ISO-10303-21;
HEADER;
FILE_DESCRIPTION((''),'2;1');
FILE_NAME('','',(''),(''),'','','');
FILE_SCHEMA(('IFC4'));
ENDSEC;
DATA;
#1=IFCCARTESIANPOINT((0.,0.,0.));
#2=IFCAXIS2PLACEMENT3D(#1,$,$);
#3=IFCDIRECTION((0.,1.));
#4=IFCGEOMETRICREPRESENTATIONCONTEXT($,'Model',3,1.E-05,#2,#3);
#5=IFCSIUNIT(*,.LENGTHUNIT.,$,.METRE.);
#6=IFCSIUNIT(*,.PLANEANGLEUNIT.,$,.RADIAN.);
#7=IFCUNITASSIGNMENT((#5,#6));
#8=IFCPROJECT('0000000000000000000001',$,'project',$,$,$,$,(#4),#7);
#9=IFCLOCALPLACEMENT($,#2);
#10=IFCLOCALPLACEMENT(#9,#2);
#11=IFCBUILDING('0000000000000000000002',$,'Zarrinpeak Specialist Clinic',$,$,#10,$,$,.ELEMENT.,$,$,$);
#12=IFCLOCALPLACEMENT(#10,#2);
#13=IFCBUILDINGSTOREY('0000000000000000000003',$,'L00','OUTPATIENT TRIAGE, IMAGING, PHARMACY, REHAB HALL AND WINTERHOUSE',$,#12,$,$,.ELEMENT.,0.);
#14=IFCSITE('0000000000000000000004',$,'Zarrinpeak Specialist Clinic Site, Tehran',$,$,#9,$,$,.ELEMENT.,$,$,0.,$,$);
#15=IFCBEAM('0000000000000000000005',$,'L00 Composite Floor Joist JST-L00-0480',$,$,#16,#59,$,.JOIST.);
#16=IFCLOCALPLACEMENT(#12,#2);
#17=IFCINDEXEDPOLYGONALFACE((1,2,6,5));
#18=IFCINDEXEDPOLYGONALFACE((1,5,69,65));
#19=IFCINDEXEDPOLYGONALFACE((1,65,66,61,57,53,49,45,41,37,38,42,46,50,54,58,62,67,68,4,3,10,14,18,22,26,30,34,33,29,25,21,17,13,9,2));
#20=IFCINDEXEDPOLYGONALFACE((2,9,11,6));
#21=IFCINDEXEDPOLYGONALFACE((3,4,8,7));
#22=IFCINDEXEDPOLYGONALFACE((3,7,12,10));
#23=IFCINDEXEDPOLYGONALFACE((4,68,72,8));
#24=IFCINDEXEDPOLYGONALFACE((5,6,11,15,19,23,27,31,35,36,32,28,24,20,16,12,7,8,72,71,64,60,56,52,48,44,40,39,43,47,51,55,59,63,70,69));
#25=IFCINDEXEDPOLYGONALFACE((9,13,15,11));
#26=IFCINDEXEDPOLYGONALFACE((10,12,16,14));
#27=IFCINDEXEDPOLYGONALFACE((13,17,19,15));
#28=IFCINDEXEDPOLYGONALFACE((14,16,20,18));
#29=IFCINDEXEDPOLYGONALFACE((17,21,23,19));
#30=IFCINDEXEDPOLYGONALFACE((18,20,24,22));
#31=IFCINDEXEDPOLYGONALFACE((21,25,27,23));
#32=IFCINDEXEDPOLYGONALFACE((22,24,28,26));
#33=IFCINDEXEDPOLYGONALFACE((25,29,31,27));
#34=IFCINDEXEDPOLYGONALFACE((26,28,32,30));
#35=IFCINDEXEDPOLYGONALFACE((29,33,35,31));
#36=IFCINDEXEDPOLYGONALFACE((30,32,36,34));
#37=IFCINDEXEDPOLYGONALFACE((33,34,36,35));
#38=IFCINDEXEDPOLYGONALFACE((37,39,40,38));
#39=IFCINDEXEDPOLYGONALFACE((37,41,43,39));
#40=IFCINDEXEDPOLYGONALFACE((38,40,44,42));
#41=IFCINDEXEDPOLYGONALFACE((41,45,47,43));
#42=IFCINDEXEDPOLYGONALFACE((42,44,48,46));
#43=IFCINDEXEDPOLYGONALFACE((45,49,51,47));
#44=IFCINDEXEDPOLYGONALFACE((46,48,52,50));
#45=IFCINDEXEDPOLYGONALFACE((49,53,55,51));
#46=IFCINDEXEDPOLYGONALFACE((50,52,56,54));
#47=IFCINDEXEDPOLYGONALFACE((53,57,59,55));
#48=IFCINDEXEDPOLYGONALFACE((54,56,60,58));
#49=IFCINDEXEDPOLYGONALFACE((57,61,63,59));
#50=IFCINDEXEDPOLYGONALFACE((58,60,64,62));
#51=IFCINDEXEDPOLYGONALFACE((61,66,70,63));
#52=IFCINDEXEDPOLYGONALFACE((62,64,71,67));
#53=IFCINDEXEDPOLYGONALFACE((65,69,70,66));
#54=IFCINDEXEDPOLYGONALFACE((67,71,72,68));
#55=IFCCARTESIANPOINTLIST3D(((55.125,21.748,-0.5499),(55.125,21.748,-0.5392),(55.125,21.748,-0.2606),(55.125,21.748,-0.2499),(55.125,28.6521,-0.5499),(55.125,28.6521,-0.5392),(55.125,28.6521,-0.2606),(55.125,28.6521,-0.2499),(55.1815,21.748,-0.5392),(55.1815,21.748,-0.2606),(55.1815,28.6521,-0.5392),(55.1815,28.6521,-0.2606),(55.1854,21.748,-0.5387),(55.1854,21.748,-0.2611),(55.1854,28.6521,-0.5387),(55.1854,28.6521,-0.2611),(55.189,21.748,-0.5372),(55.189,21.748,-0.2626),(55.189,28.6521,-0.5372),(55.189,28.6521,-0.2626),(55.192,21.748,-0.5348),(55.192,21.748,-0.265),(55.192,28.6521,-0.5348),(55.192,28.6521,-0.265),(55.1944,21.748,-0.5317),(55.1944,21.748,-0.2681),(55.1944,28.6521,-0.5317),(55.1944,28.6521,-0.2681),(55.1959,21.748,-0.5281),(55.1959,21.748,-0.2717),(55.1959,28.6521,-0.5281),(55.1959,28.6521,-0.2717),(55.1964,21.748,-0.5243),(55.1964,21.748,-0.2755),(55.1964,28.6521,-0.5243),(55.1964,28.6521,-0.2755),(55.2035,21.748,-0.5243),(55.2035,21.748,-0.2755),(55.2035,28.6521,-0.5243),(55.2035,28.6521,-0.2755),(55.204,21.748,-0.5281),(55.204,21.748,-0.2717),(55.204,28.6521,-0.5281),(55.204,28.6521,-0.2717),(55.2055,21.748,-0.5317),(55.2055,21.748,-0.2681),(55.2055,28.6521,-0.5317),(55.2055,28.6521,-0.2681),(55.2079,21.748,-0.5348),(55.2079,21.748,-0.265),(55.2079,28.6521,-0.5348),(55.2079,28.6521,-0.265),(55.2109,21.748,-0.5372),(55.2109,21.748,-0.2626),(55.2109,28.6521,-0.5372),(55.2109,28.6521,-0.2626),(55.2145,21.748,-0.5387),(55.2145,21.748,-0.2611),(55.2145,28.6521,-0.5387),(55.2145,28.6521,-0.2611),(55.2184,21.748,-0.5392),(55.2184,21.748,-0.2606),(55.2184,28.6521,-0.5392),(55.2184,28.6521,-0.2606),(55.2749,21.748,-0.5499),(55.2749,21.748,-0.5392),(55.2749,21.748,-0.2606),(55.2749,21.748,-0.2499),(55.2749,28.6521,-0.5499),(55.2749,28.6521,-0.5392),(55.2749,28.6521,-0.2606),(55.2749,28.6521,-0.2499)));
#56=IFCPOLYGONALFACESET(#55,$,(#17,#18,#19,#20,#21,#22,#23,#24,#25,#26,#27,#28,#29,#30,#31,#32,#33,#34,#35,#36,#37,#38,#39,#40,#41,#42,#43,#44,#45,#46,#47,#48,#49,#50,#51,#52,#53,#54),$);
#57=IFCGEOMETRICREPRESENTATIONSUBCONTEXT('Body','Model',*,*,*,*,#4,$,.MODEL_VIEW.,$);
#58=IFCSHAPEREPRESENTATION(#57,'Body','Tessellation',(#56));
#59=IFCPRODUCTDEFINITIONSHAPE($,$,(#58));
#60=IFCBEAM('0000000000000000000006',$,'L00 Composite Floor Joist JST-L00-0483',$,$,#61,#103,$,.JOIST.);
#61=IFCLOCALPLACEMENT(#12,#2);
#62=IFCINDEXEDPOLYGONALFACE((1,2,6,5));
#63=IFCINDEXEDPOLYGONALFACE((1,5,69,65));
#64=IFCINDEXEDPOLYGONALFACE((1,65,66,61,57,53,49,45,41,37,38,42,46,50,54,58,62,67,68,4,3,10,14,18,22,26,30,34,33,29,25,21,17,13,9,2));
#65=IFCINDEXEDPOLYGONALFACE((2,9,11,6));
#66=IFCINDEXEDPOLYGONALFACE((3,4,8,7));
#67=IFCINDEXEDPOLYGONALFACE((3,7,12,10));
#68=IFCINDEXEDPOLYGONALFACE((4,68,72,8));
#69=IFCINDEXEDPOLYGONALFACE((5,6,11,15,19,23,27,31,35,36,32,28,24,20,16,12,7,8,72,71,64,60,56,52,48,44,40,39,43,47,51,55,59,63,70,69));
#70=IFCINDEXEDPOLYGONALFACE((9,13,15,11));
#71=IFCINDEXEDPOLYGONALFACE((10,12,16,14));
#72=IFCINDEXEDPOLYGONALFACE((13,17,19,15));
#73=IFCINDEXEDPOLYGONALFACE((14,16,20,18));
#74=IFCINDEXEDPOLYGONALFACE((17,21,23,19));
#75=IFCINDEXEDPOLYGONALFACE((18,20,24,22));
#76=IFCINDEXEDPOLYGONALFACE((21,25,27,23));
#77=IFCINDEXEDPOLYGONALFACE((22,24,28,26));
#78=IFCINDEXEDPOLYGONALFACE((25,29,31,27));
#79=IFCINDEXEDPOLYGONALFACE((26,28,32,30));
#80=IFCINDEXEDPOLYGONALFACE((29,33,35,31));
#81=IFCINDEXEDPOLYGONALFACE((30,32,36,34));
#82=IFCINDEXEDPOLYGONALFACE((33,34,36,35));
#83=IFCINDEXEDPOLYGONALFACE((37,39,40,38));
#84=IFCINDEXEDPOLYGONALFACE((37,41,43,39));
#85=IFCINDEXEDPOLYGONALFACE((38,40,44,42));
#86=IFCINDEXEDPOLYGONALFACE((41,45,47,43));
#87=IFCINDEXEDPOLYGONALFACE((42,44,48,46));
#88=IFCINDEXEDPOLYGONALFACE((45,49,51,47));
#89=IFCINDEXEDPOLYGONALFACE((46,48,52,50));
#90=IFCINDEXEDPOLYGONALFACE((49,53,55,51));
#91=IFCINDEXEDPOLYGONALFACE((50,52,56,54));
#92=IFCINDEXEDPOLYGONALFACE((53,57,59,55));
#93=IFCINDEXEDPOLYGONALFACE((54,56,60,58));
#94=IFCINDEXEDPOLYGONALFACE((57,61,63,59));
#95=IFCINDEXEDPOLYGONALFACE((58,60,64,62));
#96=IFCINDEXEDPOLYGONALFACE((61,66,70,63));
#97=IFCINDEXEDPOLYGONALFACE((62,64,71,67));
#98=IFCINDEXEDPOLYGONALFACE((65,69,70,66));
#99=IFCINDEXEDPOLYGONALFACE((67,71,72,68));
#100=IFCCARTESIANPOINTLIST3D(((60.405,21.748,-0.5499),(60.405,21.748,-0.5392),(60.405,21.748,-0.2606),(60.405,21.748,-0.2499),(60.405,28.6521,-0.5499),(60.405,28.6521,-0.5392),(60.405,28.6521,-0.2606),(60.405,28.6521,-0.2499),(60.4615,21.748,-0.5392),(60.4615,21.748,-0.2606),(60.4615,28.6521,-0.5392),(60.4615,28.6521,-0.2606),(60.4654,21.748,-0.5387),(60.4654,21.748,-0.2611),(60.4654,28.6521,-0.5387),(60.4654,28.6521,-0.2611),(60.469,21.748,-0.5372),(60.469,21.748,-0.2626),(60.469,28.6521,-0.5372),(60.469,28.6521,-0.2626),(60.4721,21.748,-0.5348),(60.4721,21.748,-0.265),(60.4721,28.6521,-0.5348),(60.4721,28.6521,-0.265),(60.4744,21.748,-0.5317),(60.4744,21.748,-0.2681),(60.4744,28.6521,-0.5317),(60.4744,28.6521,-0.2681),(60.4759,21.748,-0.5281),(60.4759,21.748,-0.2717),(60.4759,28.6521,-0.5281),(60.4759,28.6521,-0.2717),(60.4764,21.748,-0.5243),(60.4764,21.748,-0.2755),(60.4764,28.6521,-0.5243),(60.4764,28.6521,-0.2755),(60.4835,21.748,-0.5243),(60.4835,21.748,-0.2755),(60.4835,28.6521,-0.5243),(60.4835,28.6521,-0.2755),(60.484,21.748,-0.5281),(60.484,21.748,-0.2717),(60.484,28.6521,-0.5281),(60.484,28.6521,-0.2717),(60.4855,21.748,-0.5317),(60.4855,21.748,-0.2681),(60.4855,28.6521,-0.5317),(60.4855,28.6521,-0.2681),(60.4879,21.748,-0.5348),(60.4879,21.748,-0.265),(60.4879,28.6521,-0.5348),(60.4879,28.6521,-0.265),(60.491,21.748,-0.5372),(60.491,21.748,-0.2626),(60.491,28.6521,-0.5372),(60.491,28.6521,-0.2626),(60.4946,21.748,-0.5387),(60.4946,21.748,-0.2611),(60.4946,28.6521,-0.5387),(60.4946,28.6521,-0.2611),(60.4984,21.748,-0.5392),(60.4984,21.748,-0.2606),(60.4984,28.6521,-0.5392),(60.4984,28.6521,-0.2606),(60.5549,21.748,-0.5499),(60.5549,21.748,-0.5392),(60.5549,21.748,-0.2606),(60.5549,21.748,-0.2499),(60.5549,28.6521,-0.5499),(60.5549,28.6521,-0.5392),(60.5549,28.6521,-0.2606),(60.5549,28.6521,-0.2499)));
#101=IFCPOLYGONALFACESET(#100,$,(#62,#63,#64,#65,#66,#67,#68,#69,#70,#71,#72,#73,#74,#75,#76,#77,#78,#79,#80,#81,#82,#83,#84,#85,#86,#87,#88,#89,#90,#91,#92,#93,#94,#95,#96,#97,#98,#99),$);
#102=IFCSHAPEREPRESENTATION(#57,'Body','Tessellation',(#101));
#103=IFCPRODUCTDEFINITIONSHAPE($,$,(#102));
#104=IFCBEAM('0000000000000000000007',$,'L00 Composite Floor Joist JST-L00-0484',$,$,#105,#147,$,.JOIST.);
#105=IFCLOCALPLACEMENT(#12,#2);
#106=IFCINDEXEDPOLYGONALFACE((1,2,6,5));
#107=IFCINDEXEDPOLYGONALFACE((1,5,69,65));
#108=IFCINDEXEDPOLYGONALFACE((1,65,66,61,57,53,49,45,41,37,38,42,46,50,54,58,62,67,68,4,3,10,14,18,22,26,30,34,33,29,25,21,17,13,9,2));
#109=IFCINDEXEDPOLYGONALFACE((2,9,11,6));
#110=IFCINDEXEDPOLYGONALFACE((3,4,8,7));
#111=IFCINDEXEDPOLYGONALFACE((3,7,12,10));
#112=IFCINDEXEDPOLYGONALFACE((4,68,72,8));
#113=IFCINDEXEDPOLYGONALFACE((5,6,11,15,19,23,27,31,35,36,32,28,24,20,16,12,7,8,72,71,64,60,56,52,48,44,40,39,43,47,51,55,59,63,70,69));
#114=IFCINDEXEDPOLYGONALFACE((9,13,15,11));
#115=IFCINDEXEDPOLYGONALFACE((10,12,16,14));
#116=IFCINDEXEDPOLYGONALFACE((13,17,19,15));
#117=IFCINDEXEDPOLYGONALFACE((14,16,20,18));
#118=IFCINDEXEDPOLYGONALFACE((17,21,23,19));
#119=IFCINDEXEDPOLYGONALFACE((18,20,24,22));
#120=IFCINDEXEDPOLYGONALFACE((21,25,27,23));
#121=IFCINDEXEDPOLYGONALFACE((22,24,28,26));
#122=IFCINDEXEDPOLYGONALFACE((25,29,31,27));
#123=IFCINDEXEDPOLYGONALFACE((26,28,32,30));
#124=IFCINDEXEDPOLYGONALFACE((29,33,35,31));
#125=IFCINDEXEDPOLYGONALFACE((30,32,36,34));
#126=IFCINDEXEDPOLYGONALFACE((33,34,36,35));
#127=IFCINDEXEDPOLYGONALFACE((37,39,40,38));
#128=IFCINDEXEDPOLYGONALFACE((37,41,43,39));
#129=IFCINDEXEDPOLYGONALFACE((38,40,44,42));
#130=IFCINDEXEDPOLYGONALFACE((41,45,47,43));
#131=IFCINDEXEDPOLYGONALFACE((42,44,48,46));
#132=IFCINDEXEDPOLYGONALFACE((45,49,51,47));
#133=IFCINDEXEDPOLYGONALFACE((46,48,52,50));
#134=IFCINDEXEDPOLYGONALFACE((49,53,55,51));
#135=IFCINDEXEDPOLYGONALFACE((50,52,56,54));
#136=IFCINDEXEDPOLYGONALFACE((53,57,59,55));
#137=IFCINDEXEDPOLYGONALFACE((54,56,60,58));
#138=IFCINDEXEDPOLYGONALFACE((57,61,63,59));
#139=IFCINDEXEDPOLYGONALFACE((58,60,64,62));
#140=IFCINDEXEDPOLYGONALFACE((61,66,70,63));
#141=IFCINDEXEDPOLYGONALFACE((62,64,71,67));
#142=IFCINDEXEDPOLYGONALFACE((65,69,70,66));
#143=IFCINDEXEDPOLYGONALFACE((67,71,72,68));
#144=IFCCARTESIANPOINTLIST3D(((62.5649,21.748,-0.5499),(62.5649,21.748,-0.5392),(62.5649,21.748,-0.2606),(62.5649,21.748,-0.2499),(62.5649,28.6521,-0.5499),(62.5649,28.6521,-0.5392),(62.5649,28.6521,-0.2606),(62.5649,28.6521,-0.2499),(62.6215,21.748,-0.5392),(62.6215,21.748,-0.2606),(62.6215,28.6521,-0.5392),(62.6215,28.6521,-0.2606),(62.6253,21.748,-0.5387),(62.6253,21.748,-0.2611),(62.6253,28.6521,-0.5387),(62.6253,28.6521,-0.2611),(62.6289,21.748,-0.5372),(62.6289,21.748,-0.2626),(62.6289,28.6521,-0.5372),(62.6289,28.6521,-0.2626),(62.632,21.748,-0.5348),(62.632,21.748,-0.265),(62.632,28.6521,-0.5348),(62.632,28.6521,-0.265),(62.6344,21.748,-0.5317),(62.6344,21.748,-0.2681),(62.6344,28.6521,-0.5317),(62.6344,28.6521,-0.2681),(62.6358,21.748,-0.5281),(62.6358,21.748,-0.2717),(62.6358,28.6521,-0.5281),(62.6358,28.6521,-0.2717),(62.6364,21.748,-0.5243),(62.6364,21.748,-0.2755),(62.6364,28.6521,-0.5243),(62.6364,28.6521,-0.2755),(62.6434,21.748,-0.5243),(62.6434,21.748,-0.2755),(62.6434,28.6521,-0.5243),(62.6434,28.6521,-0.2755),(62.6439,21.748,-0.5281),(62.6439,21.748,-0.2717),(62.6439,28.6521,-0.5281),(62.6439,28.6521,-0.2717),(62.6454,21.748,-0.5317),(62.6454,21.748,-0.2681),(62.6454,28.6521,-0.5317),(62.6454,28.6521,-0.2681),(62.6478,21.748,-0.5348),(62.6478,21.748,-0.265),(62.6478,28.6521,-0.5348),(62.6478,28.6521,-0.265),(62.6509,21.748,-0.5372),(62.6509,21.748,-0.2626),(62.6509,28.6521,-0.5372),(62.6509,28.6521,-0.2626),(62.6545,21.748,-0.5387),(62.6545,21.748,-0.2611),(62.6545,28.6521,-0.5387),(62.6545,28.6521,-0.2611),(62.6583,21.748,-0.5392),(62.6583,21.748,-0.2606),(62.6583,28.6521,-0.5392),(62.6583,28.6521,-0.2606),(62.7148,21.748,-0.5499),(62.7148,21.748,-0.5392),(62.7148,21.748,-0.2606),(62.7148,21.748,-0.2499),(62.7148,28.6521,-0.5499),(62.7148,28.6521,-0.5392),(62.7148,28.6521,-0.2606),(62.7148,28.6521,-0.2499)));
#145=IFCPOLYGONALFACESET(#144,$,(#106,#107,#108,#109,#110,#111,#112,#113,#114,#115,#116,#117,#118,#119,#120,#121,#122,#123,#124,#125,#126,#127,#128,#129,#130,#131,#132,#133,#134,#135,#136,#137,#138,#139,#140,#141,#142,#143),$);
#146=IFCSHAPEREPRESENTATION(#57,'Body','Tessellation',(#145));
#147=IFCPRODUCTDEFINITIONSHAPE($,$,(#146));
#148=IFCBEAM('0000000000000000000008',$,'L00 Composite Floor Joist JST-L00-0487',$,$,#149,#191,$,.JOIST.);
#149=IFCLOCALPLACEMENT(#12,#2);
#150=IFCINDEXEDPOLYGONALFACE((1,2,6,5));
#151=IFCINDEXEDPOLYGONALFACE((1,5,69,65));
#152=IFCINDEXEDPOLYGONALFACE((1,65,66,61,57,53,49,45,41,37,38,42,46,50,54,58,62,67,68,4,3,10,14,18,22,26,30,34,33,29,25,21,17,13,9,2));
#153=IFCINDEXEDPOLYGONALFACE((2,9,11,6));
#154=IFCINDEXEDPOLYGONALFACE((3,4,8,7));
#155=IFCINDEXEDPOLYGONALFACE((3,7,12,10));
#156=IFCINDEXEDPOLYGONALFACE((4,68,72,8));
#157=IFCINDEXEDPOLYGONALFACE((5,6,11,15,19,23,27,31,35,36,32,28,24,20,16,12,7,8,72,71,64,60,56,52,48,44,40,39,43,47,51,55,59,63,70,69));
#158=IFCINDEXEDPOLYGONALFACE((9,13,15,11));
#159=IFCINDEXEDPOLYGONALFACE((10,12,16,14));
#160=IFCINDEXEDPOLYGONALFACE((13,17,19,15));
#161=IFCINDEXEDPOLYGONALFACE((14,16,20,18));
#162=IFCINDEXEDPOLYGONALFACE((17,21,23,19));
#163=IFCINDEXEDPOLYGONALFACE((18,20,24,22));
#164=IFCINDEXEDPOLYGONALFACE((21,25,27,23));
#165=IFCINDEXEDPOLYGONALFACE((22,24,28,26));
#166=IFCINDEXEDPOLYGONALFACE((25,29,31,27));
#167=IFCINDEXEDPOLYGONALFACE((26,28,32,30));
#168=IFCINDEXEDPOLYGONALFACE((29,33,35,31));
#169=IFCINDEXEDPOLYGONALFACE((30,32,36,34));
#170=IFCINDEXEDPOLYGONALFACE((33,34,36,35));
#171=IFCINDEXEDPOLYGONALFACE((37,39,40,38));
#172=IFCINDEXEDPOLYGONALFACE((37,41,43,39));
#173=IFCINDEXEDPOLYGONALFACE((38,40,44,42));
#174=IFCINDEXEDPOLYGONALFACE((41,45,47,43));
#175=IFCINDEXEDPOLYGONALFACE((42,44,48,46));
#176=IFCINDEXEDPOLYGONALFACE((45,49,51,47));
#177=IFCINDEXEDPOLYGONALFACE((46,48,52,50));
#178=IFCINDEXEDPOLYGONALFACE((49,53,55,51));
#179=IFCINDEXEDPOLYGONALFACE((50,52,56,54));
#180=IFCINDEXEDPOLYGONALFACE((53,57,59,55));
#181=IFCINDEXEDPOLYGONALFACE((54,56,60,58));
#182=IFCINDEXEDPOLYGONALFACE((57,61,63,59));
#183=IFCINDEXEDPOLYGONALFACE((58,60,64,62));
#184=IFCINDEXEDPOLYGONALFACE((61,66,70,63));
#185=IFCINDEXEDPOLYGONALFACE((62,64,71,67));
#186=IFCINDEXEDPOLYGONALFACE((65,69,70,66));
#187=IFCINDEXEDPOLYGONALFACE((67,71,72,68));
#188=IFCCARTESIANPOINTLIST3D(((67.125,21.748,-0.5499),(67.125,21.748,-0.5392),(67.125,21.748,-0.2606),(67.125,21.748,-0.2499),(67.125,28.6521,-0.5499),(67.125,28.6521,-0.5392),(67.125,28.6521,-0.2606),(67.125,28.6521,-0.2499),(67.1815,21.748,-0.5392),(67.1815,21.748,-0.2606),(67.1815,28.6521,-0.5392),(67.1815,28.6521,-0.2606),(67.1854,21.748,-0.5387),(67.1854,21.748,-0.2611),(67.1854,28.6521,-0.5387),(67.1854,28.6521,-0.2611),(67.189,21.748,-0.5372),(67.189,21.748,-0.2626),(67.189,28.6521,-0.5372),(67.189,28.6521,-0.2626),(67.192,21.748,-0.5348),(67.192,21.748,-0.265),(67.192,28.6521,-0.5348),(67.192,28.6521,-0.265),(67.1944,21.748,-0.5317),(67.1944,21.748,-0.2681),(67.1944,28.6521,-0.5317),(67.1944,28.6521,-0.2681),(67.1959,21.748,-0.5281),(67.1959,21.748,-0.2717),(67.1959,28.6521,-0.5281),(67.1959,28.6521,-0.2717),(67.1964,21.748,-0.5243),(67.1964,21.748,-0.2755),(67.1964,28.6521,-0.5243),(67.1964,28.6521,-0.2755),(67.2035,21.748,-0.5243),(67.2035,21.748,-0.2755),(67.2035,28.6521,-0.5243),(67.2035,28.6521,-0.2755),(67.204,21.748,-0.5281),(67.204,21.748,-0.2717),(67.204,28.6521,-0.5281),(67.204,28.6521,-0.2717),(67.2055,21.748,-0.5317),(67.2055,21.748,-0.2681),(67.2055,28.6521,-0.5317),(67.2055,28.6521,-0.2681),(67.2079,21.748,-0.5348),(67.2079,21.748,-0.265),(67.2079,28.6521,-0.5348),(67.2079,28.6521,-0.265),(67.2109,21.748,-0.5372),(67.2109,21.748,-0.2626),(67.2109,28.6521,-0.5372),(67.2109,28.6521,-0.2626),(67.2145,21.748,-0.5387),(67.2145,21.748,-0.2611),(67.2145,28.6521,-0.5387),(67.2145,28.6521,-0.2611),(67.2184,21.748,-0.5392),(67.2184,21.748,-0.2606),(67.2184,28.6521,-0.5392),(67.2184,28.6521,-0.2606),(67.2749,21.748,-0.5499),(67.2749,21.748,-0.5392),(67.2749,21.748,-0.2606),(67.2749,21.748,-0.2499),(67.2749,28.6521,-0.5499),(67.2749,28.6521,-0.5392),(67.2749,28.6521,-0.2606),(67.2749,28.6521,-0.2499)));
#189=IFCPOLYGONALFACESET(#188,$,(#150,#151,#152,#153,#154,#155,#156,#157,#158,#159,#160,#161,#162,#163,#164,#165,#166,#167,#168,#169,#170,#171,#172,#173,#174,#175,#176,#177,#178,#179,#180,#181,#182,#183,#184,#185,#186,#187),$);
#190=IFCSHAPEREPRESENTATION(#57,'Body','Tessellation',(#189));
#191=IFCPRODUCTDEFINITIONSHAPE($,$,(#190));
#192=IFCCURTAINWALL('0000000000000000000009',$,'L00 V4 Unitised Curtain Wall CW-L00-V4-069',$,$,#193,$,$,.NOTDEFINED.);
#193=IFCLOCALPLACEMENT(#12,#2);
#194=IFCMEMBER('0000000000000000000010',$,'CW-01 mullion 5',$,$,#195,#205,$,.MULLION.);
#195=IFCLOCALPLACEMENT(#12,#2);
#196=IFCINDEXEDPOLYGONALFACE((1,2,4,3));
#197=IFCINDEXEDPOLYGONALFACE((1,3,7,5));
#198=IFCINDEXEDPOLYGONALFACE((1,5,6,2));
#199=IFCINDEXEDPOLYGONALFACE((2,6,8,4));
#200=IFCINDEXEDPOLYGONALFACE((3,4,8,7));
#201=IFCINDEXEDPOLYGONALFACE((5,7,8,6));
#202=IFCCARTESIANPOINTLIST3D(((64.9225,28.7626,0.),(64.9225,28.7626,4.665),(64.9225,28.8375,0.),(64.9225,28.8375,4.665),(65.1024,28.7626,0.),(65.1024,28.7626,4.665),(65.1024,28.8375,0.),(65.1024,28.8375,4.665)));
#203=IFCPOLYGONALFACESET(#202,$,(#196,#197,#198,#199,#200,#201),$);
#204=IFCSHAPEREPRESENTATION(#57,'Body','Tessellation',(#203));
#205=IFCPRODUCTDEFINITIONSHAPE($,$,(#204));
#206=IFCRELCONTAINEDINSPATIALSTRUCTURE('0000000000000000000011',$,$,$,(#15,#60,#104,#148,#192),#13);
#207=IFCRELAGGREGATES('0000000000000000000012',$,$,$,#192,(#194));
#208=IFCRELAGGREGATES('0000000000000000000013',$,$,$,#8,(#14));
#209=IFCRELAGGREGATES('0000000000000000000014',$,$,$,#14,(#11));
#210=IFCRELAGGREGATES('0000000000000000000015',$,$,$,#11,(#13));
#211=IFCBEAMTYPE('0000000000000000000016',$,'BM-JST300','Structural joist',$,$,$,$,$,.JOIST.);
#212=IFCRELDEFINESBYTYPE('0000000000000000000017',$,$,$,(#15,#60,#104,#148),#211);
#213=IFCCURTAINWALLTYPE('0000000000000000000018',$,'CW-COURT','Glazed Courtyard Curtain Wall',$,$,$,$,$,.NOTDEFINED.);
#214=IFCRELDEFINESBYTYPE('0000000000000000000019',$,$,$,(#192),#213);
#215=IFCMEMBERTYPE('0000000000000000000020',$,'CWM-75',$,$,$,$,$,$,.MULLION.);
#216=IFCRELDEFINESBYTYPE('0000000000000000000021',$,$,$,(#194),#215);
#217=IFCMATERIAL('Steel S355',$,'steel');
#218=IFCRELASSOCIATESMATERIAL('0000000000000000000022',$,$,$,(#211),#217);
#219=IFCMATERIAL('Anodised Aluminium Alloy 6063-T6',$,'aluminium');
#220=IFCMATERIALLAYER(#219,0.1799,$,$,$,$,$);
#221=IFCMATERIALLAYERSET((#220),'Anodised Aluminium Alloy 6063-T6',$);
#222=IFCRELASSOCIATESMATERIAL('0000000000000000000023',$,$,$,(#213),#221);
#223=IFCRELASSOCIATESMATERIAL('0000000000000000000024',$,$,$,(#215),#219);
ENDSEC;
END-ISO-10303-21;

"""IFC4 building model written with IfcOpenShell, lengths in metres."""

from ifc_helpers import new_model, si_unit, direction, frame, origin, origin_2d, place, context, subcontext, project, spatial, rectangle, i_section, extrude, material, layer, layer_set, material_profile, profile_set, type_object, element, aggregate, save


model = new_model("IFC4")

# Units and contexts
model_context = context("Model", 3, precision=1e-05, world=origin(), true_north=direction((0.0, 1.0)))
body_context = subcontext(model_context, "Body", "Model", "MODEL_VIEW")
ifc_project = project(units=[si_unit("LENGTHUNIT", "METRE"), si_unit("PLANEANGLEUNIT", "RADIAN")], contexts=[model_context])

# Site, building, storey
site_placement = place(None, origin())
site = spatial("IfcSite", under=ifc_project, at=site_placement, Name="Zarrinpeak Specialist Clinic Site, Tehran", CompositionType="ELEMENT", RefElevation=0.0)
building_placement = place(site_placement, origin())
building = spatial("IfcBuilding", under=site, at=building_placement, Name="Zarrinpeak Specialist Clinic", CompositionType="ELEMENT")
storey_placement = place(building_placement, origin())
storey = spatial("IfcBuildingStorey", under=building, at=storey_placement, Name="L00", Description="OUTPATIENT TRIAGE, IMAGING, PHARMACY, REHAB HALL AND WINTERHOUSE", CompositionType="ELEMENT", Elevation=0.0)

# Shared definitions
ifc_material_1 = material(Name="Steel S355", Category="steel")

# Beams
ifc_material_profile_1 = material_profile(ifc_material_1, i_section(OverallWidth=0.1499, OverallDepth=0.3, WebThickness=0.0071, FlangeThickness=0.0107, FilletRadius=0.0149, at=origin_2d()), Name="IPE 300")
ifc_profile_set_1 = profile_set([ifc_material_profile_1], Name="Steel S355")
beam_type_1 = type_object("IfcBeamType", Name="BM-JST300", Description="Structural joist", PredefinedType="JOIST", material=ifc_profile_set_1)
for number, where, z_axis, x_axis, name in (
    (1, (55.2, 21.748, -0.3999), (0.0, 1.0, 0.0), (-1.0, 0.0, 0.0), "L00 Composite Floor Joist JST-L00-0480"),
    (2, (60.48, 21.748, -0.3999), (0.0, 1.0, 0.0), (-1.0, 0.0, 0.0), "L00 Composite Floor Joist JST-L00-0483"),
    (3, (62.6399, 21.748, -0.3999), (0.0, 1.0, 0.0), (-1.0, 0.0, 0.0), "L00 Composite Floor Joist JST-L00-0484"),
    (4, (67.2, 21.748, -0.3999), (0.0, 1.0, 0.0), (-1.0, 0.0, 0.0), "L00 Composite Floor Joist JST-L00-0487"),
):
    element("IfcBeam", number, at=place(storey_placement, frame(where, z_axis=z_axis, x_axis=x_axis)), inside=storey, type_object=beam_type_1, Name=name, PredefinedType="JOIST", context=body_context, shape_type="SweptSolid", body=[
        extrude(i_section(OverallWidth=0.1499, OverallDepth=0.3, WebThickness=0.0071, FlangeThickness=0.0107, FilletRadius=0.0149, at=origin_2d()), origin(), (0.0, 0.0, 1.0), 6.9041),
    ])

# Curtain wall, member
ifc_material_2 = material(Name="Anodised Aluminium Alloy 6063-T6", Category="aluminium")
ifc_layer_1 = layer(ifc_material_2, 0.1799)
ifc_layer_set_1 = layer_set([ifc_layer_1], Name="Anodised Aluminium Alloy 6063-T6")
curtain_wall_type = type_object("IfcCurtainWallType", Name="CW-COURT", Description="Glazed Courtyard Curtain Wall", PredefinedType="NOTDEFINED", material=ifc_layer_set_1)
curtain_wall_placement = place(storey_placement, origin())
curtain_wall = element("IfcCurtainWall", 5, at=curtain_wall_placement, inside=storey, type_object=curtain_wall_type, Name="L00 V4 Unitised Curtain Wall CW-L00-V4-069", PredefinedType="NOTDEFINED")
ifc_material_profile_2 = material_profile(ifc_material_2, rectangle(XDim=0.075, YDim=0.1799, at=origin_2d()), Name="ALU 75x180")
ifc_profile_set_2 = profile_set([ifc_material_profile_2], Name="Anodised Aluminium Alloy 6063-T6")
member_type = type_object("IfcMemberType", Name="CWM-75", PredefinedType="MULLION", material=ifc_profile_set_2)
member_placement = place(storey_placement, frame((65.0125, 28.8, 0.0), z_axis=(0.0, 0.0, 1.0), x_axis=(0.0, -1.0, 0.0)))
member = element("IfcMember", 6, at=member_placement, type_object=member_type, Name="CW-01 mullion 5", PredefinedType="MULLION", context=body_context, shape_type="SweptSolid", body=[
    extrude(rectangle(XDim=0.075, YDim=0.1799, at=origin_2d()), origin(), (0.0, 0.0, 1.0), 4.665),
])
aggregate(curtain_wall, [member])

save(model, "model.ifc")
